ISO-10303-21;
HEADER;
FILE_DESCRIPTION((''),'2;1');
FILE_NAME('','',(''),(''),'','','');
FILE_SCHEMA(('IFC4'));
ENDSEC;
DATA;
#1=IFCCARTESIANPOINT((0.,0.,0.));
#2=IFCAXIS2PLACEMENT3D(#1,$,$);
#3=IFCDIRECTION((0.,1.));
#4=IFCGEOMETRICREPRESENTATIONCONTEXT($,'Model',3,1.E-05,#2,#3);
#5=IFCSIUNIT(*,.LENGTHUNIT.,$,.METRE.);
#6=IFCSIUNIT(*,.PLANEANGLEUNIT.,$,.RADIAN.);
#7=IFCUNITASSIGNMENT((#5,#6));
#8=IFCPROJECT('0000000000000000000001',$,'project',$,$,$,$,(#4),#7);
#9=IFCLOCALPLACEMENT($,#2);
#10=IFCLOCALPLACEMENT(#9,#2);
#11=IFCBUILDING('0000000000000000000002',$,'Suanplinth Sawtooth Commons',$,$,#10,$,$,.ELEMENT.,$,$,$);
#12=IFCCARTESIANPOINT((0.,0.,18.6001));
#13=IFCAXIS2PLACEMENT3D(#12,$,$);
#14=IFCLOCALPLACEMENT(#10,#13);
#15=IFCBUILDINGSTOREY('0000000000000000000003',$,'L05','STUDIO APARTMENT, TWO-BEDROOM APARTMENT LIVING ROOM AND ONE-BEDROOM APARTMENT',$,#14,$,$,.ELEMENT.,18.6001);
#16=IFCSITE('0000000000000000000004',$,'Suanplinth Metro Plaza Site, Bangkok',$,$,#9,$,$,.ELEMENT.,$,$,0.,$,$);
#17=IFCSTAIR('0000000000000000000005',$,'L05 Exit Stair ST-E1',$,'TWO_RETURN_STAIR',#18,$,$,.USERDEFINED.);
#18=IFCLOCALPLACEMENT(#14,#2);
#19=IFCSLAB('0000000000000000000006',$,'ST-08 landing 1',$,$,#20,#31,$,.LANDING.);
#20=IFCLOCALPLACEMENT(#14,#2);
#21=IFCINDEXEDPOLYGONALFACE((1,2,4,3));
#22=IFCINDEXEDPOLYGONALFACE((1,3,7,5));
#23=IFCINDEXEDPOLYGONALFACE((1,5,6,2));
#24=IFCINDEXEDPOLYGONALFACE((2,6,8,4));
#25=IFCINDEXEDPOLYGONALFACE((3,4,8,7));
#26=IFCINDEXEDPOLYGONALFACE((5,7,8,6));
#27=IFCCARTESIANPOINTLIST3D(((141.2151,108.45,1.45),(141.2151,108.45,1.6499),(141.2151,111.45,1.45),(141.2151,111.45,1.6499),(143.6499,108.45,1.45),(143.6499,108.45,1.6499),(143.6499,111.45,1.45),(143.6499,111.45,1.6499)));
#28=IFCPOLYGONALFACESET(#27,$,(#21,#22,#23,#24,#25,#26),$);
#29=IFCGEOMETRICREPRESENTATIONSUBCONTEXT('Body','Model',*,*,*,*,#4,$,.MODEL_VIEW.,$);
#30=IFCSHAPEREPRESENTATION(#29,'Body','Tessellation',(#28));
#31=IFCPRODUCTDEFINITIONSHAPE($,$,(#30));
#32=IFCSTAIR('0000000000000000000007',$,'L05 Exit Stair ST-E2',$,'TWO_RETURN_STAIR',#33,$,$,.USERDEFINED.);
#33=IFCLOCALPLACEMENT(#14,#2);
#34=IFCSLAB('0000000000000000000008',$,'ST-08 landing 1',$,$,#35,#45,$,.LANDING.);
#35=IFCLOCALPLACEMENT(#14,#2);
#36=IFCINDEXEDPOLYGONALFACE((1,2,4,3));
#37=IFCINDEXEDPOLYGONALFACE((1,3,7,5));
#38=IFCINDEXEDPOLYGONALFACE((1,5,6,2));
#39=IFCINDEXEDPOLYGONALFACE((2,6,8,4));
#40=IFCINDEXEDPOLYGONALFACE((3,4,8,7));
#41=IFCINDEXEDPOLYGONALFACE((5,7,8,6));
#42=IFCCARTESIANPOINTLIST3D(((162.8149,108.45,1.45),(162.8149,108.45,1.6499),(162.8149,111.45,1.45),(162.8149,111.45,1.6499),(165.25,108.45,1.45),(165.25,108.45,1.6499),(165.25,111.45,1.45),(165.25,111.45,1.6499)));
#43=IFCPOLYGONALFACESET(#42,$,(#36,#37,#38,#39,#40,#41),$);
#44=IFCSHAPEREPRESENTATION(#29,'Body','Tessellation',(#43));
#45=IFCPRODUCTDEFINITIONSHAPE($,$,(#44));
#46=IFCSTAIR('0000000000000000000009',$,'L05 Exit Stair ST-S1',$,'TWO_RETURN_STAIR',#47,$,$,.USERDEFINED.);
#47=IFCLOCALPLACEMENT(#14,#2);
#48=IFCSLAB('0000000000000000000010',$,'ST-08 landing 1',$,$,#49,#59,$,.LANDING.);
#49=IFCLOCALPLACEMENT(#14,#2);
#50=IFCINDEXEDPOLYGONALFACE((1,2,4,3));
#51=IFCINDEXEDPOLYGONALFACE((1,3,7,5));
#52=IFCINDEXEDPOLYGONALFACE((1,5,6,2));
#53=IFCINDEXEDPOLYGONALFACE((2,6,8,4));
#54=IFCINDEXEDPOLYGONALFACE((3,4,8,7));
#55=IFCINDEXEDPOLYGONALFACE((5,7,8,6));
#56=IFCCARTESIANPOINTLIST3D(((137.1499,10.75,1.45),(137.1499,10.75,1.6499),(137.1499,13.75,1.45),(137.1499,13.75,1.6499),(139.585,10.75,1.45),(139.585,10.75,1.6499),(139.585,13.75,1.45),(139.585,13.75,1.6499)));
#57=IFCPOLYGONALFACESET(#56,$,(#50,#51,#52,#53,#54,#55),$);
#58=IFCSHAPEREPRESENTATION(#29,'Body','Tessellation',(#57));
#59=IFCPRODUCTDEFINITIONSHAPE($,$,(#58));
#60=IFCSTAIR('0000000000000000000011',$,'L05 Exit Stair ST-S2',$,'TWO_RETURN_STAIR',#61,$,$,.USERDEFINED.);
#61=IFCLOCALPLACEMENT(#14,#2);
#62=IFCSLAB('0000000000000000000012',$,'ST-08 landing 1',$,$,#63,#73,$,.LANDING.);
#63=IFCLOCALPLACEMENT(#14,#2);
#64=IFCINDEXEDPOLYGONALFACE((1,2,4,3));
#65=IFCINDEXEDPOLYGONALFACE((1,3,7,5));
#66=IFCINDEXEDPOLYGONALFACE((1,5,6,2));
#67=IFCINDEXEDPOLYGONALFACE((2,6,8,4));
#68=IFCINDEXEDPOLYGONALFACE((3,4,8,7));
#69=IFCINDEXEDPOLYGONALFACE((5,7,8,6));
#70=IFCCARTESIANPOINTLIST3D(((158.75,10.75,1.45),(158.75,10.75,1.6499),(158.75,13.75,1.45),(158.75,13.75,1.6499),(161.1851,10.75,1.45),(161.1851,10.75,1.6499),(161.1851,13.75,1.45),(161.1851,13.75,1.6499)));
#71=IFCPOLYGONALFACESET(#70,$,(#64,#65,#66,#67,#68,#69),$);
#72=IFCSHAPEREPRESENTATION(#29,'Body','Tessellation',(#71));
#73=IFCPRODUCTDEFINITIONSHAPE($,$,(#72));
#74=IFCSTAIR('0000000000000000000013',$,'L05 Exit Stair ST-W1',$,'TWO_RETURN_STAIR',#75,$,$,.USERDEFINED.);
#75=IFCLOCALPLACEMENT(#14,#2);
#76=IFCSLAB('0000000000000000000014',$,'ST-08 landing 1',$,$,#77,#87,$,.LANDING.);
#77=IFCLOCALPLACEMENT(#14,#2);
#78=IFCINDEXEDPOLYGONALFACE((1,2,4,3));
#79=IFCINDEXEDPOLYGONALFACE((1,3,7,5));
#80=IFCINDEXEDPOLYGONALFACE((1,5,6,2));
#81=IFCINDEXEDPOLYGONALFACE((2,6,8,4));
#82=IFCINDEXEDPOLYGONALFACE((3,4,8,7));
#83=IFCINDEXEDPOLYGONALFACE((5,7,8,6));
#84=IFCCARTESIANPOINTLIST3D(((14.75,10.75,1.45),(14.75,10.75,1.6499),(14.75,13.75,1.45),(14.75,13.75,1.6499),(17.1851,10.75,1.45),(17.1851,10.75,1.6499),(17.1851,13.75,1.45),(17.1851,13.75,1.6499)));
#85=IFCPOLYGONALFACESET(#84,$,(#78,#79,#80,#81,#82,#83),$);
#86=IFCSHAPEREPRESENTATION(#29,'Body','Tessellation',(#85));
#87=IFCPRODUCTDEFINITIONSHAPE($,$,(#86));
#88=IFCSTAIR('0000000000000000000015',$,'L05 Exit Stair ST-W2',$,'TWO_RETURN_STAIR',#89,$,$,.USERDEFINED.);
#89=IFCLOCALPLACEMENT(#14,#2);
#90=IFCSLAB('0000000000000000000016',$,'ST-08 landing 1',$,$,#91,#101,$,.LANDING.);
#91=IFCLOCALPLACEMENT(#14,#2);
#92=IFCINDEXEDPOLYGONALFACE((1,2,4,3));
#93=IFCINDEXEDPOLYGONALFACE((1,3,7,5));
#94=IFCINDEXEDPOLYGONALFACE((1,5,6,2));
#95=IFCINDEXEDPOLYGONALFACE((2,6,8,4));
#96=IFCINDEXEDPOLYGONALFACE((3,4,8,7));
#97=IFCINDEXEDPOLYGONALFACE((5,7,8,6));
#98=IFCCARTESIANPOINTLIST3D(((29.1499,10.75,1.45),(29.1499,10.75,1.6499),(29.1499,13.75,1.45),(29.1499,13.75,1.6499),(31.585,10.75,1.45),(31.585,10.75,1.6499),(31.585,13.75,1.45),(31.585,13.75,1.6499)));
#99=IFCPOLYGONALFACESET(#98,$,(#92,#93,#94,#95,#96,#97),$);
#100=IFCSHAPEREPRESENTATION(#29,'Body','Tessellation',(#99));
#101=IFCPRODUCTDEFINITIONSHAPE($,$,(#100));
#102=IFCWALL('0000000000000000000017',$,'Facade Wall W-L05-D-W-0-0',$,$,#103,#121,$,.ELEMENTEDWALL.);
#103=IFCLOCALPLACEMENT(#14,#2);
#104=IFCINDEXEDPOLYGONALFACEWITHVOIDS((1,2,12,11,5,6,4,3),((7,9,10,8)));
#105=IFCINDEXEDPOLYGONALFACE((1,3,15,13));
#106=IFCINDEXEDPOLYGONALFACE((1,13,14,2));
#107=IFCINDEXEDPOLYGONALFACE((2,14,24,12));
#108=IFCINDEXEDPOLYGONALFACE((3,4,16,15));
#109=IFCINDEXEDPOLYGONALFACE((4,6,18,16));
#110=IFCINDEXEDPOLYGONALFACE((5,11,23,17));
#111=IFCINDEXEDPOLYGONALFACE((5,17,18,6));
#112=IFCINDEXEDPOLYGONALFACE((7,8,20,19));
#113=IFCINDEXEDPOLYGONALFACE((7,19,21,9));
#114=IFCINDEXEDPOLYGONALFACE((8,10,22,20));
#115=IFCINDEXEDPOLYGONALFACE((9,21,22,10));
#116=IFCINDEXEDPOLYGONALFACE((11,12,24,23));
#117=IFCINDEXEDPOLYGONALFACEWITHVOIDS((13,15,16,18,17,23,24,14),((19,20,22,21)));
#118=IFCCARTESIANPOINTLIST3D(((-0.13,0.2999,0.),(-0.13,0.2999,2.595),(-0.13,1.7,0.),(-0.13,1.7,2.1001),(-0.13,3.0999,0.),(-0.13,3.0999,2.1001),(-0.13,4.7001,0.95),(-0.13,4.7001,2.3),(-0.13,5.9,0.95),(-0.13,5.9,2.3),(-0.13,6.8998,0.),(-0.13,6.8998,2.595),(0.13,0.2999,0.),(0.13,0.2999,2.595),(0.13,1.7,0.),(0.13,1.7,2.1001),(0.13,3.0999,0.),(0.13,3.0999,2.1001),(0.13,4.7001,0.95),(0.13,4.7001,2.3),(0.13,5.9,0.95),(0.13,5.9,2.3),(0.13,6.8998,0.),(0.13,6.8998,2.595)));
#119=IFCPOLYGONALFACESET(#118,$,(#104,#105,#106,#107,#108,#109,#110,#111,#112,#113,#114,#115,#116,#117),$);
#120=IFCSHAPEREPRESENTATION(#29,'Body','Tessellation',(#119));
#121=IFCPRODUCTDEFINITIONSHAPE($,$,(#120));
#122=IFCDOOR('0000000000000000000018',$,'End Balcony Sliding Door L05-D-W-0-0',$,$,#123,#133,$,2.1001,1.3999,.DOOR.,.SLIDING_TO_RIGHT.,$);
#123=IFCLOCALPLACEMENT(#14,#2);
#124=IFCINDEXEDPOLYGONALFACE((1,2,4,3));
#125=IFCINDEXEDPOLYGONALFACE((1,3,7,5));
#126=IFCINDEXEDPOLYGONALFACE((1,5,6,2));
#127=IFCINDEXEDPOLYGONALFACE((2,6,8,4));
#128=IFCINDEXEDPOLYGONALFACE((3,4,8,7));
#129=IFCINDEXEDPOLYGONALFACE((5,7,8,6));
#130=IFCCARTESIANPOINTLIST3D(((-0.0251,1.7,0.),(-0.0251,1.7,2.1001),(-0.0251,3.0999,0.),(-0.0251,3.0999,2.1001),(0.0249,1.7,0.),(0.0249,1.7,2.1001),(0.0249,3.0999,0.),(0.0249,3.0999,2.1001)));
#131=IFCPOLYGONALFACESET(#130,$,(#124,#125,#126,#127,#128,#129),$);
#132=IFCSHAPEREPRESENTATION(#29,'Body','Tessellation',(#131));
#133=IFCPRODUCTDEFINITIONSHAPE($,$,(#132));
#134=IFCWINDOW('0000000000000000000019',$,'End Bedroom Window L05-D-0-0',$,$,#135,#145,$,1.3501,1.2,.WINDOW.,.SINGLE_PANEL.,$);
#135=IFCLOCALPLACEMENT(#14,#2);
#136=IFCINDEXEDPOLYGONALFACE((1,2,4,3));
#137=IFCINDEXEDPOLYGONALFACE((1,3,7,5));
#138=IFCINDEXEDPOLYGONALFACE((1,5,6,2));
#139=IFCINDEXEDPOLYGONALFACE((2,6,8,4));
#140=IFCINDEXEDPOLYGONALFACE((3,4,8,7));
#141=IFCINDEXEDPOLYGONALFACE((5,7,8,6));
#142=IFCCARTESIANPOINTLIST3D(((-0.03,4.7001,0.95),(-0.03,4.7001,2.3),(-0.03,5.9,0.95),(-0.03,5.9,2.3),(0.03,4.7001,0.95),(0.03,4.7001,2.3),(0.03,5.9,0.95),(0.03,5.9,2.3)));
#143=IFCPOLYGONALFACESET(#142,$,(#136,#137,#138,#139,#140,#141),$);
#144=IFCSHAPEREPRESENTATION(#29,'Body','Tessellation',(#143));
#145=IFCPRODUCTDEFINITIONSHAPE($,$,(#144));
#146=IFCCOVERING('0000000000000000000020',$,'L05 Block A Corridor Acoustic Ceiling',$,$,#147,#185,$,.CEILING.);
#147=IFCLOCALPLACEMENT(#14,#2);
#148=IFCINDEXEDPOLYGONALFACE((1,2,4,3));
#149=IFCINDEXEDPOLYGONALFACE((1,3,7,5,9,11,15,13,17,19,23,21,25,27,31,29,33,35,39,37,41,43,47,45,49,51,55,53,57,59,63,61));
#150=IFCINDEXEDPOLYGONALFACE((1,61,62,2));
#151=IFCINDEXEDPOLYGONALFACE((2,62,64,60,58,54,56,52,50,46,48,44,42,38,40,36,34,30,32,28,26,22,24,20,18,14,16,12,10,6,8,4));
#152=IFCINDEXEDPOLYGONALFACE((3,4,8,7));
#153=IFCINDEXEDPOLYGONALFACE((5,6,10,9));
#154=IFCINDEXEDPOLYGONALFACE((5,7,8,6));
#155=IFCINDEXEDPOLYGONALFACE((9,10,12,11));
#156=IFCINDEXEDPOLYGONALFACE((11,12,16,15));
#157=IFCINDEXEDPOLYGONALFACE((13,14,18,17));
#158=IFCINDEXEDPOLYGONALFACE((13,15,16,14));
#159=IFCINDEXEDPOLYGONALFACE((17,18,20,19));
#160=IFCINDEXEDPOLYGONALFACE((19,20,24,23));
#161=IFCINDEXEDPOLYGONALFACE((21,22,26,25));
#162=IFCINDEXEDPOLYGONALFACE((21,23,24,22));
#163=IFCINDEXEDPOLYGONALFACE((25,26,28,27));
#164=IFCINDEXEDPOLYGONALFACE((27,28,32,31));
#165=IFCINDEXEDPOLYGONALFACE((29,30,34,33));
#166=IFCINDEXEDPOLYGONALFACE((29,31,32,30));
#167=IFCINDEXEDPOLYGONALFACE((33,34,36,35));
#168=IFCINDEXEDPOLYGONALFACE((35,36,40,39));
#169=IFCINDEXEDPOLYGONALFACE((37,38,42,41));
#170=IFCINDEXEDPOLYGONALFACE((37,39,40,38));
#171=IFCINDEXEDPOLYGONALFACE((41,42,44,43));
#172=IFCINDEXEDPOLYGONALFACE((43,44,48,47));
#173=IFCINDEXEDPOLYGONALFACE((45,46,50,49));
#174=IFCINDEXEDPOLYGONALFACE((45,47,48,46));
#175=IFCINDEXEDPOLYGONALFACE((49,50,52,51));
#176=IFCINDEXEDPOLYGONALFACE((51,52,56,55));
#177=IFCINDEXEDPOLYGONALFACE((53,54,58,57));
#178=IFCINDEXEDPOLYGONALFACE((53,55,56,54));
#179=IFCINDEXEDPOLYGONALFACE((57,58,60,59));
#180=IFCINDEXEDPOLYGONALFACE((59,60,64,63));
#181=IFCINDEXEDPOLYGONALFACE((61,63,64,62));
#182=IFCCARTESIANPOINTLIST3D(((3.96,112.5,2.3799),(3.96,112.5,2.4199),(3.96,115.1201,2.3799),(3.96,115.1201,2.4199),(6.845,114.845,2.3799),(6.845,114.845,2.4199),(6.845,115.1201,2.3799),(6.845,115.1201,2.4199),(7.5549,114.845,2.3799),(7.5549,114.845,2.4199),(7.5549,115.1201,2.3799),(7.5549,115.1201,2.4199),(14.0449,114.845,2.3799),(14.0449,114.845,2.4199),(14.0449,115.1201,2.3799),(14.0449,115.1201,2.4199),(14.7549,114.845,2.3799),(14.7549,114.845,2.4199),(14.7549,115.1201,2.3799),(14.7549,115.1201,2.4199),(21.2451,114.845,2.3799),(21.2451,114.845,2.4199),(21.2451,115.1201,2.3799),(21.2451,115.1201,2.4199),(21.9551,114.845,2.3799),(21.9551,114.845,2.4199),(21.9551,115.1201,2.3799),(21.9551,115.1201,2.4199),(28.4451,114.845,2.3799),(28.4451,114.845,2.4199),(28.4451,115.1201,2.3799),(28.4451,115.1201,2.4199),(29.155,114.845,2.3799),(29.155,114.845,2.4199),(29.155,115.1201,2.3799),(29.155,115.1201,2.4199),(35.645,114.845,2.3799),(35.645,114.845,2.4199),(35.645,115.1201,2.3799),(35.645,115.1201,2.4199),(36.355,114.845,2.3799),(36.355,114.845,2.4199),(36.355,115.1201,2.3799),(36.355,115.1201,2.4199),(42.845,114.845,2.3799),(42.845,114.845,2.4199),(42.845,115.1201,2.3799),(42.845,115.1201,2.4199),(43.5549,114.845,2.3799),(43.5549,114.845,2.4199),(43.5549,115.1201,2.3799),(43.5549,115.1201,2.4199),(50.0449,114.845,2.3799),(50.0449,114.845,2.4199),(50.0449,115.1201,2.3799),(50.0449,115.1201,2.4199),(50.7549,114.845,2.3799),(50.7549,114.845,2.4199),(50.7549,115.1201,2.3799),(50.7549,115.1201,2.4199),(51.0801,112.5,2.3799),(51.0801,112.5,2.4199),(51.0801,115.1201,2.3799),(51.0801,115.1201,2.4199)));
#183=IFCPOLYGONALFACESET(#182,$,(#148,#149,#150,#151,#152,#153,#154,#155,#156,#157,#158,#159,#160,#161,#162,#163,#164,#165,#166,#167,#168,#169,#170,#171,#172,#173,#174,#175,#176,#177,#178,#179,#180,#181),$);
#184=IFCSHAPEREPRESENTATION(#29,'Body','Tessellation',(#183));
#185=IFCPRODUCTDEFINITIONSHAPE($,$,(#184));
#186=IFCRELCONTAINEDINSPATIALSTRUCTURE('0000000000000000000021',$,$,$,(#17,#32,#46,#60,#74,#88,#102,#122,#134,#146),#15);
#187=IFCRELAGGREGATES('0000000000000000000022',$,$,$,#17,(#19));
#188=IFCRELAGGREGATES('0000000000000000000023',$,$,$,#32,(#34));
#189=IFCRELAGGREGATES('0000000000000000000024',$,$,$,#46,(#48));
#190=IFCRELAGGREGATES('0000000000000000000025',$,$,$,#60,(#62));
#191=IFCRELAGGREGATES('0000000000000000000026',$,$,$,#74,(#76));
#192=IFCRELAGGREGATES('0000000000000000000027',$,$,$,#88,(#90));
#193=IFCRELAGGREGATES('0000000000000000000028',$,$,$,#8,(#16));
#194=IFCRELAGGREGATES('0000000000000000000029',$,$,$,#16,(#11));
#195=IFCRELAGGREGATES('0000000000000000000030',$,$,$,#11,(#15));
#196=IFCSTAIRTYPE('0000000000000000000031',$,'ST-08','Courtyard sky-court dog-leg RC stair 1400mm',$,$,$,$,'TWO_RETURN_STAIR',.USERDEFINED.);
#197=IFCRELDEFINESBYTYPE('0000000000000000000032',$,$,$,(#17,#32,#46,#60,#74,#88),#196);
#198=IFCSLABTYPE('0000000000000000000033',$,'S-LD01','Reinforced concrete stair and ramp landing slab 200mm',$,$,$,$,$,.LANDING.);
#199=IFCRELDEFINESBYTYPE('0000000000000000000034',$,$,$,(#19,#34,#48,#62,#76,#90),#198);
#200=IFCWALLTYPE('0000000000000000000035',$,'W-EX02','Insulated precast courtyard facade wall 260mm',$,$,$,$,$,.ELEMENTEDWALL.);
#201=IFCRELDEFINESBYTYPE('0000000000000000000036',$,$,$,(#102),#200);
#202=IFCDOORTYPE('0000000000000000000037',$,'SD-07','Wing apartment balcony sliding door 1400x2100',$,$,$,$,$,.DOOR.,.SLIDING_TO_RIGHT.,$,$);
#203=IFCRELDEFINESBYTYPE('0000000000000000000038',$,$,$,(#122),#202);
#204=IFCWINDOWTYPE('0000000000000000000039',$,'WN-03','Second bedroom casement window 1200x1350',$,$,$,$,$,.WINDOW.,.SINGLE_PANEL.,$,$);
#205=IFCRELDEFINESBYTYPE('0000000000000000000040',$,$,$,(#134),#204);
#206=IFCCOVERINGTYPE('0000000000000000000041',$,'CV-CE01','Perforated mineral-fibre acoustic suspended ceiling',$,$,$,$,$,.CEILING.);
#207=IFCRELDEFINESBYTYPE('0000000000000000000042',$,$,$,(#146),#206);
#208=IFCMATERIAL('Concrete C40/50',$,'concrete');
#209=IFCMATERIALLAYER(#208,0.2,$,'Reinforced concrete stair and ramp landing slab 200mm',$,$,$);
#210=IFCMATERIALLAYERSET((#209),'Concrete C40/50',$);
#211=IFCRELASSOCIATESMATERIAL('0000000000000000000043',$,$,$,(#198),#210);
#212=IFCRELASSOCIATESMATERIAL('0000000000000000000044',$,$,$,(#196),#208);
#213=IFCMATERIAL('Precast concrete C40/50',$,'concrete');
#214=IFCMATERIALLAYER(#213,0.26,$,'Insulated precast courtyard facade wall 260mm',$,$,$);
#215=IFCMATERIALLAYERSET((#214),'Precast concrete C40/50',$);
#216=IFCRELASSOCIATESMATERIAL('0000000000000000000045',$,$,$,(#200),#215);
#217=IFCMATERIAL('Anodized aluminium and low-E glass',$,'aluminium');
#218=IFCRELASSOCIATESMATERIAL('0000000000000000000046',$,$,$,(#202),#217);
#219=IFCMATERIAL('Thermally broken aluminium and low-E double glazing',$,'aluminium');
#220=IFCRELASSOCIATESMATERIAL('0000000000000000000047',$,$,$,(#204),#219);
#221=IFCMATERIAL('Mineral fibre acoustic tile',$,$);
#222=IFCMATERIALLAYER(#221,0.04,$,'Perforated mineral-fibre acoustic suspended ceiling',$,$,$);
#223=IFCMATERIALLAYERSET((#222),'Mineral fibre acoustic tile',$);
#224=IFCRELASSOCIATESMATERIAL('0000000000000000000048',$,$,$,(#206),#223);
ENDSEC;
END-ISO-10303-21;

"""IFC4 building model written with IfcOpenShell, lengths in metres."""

from ifc_helpers import new_model, si_unit, direction, frame, frame_2d, origin, place, context, subcontext, project, spatial, polyline, rectangle, outline, extrude, material, layer, layer_set, type_object, element, fill, aggregate, save


model = new_model("IFC4")

# Units and contexts
model_context = context("Model", 3, precision=1e-05, world=origin(), true_north=direction((0.0, 1.0)))
body_context = subcontext(model_context, "Body", "Model", "MODEL_VIEW")
ifc_project = project(units=[si_unit("LENGTHUNIT", "METRE"), si_unit("PLANEANGLEUNIT", "RADIAN")], contexts=[model_context])

# Site, building, storey
site_placement = place(None, origin())
site = spatial("IfcSite", under=ifc_project, at=site_placement, Name="Suanplinth Metro Plaza Site, Bangkok", CompositionType="ELEMENT", RefElevation=0.0)
building_placement = place(site_placement, origin())
building = spatial("IfcBuilding", under=site, at=building_placement, Name="Suanplinth Sawtooth Commons", CompositionType="ELEMENT")
storey_placement = place(building_placement, frame((0.0, 0.0, 18.6001)))
storey = spatial("IfcBuildingStorey", under=building, at=storey_placement, Name="L05", Description="STUDIO APARTMENT, TWO-BEDROOM APARTMENT LIVING ROOM AND ONE-BEDROOM APARTMENT", CompositionType="ELEMENT", Elevation=18.6001)

# Shared definitions
ifc_material_1 = material(Name="Precast concrete C40/50", Category="concrete")

# Stairs, slabs
ifc_material_2 = material(Name="Concrete C40/50", Category="concrete")
ifc_layer_1 = layer(ifc_material_2, 0.2, Name="Reinforced concrete stair and ramp landing slab 200mm")
ifc_layer_set_1 = layer_set([ifc_layer_1], Name="Concrete C40/50")
slab_type_1 = type_object("IfcSlabType", Name="S-LD01", Description="Reinforced concrete stair and ramp landing slab 200mm", PredefinedType="LANDING", material=ifc_layer_set_1)
stair_type_1 = type_object("IfcStairType", Name="ST-08", Description="Courtyard sky-court dog-leg RC stair 1400mm", ElementType="TWO_RETURN_STAIR", PredefinedType="USERDEFINED", material=ifc_material_2)
stair_1_placement = place(storey_placement, origin())
stair_1 = element("IfcStair", 1, at=stair_1_placement, inside=storey, type_object=stair_type_1, Name="L05 Exit Stair ST-E1", ObjectType="TWO_RETURN_STAIR", PredefinedType="USERDEFINED")
slab_1_placement = place(storey_placement, frame((0.0, 0.0, 1.45)))
slab_1 = element("IfcSlab", 2, at=slab_1_placement, type_object=slab_type_1, Name="ST-08 landing 1", PredefinedType="LANDING", context=body_context, shape_type="SweptSolid", body=[
    extrude(outline(polyline([(141.2151, 108.45), (143.6499, 108.45), (143.6499, 111.45), (141.2151, 111.45), (141.2151, 108.45)])), origin(), (0.0, 0.0, 1.0), 0.2),
])
aggregate(stair_1, [slab_1])
stair_2_placement = place(storey_placement, origin())
stair_2 = element("IfcStair", 3, at=stair_2_placement, inside=storey, type_object=stair_type_1, Name="L05 Exit Stair ST-E2", ObjectType="TWO_RETURN_STAIR", PredefinedType="USERDEFINED")
slab_2_placement = place(storey_placement, frame((0.0, 0.0, 1.45)))
slab_2 = element("IfcSlab", 4, at=slab_2_placement, type_object=slab_type_1, Name="ST-08 landing 1", PredefinedType="LANDING", context=body_context, shape_type="SweptSolid", body=[
    extrude(outline(polyline([(162.8149, 108.45), (165.25, 108.45), (165.25, 111.45), (162.8149, 111.45), (162.8149, 108.45)])), origin(), (0.0, 0.0, 1.0), 0.2),
])
aggregate(stair_2, [slab_2])
stair_3_placement = place(storey_placement, origin())
stair_3 = element("IfcStair", 5, at=stair_3_placement, inside=storey, type_object=stair_type_1, Name="L05 Exit Stair ST-S1", ObjectType="TWO_RETURN_STAIR", PredefinedType="USERDEFINED")
slab_3_placement = place(storey_placement, frame((0.0, 0.0, 1.45)))
slab_3 = element("IfcSlab", 6, at=slab_3_placement, type_object=slab_type_1, Name="ST-08 landing 1", PredefinedType="LANDING", context=body_context, shape_type="SweptSolid", body=[
    extrude(outline(polyline([(139.585, 13.75), (137.1499, 13.75), (137.1499, 10.75), (139.585, 10.75), (139.585, 13.75)])), origin(), (0.0, 0.0, 1.0), 0.2),
])
aggregate(stair_3, [slab_3])
stair_4_placement = place(storey_placement, origin())
stair_4 = element("IfcStair", 7, at=stair_4_placement, inside=storey, type_object=stair_type_1, Name="L05 Exit Stair ST-S2", ObjectType="TWO_RETURN_STAIR", PredefinedType="USERDEFINED")
slab_4_placement = place(storey_placement, frame((0.0, 0.0, 1.45)))
slab_4 = element("IfcSlab", 8, at=slab_4_placement, type_object=slab_type_1, Name="ST-08 landing 1", PredefinedType="LANDING", context=body_context, shape_type="SweptSolid", body=[
    extrude(outline(polyline([(161.1851, 13.75), (158.75, 13.75), (158.75, 10.75), (161.1851, 10.75), (161.1851, 13.75)])), origin(), (0.0, 0.0, 1.0), 0.2),
])
aggregate(stair_4, [slab_4])
stair_5_placement = place(storey_placement, origin())
stair_5 = element("IfcStair", 9, at=stair_5_placement, inside=storey, type_object=stair_type_1, Name="L05 Exit Stair ST-W1", ObjectType="TWO_RETURN_STAIR", PredefinedType="USERDEFINED")
slab_5_placement = place(storey_placement, frame((0.0, 0.0, 1.45)))
slab_5 = element("IfcSlab", 10, at=slab_5_placement, type_object=slab_type_1, Name="ST-08 landing 1", PredefinedType="LANDING", context=body_context, shape_type="SweptSolid", body=[
    extrude(outline(polyline([(17.1851, 13.75), (14.75, 13.75), (14.75, 10.75), (17.1851, 10.75), (17.1851, 13.75)])), origin(), (0.0, 0.0, 1.0), 0.2),
])
aggregate(stair_5, [slab_5])
stair_6_placement = place(storey_placement, origin())
stair_6 = element("IfcStair", 11, at=stair_6_placement, inside=storey, type_object=stair_type_1, Name="L05 Exit Stair ST-W2", ObjectType="TWO_RETURN_STAIR", PredefinedType="USERDEFINED")
slab_6_placement = place(storey_placement, frame((0.0, 0.0, 1.45)))
slab_6 = element("IfcSlab", 12, at=slab_6_placement, type_object=slab_type_1, Name="ST-08 landing 1", PredefinedType="LANDING", context=body_context, shape_type="SweptSolid", body=[
    extrude(outline(polyline([(31.585, 13.75), (29.1499, 13.75), (29.1499, 10.75), (31.585, 10.75), (31.585, 13.75)])), origin(), (0.0, 0.0, 1.0), 0.2),
])
aggregate(stair_6, [slab_6])

# Wall, openings, door, window
ifc_layer_2 = layer(ifc_material_1, 0.26, Name="Insulated precast courtyard facade wall 260mm")
ifc_layer_set_2 = layer_set([ifc_layer_2], Name="Precast concrete C40/50")
wall_type = type_object("IfcWallType", Name="W-EX02", Description="Insulated precast courtyard facade wall 260mm", PredefinedType="ELEMENTEDWALL", material=ifc_layer_set_2)
wall_placement = place(storey_placement, frame((0.0, 0.3, 0.0), z_axis=(0.0, 0.0, 1.0), x_axis=(0.0, 1.0, 0.0)))
wall = element("IfcWall", 13, at=wall_placement, inside=storey, type_object=wall_type, Name="Facade Wall W-L05-D-W-0-0", PredefinedType="ELEMENTEDWALL", context=body_context, shape_type="SweptSolid", body=[
    extrude(rectangle(XDim=6.5999, YDim=0.26, at=frame_2d((3.2998, 0.0))), origin(), (0.0, 0.0, 1.0), 2.595),
])
opening_1_placement = place(wall_placement, frame((1.3999, 0.0, 0.0)))
opening_1 = element("IfcOpeningElement", 14, at=opening_1_placement, cuts=wall, PredefinedType="OPENING", context=body_context, shape_type="SweptSolid", body=[
    extrude(rectangle(XDim=1.3999, YDim=2.1001, at=frame_2d((0.7, 1.05))), frame((0.0, 0.145, 0.0), z_axis=(0.0, -1.0, 0.0), x_axis=(1.0, 0.0, 0.0)), (0.0, 0.0, 1.0), 0.2898),
])
opening_2_placement = place(wall_placement, frame((4.3999, 0.0, 0.95)))
opening_2 = element("IfcOpeningElement", 15, at=opening_2_placement, cuts=wall, PredefinedType="OPENING", context=body_context, shape_type="SweptSolid", body=[
    extrude(rectangle(XDim=1.2, YDim=1.3501, at=frame_2d((0.6001, 0.675))), frame((0.0, 0.145, 0.0), z_axis=(0.0, -1.0, 0.0), x_axis=(1.0, 0.0, 0.0)), (0.0, 0.0, 1.0), 0.2898),
])
ifc_material_3 = material(Name="Anodized aluminium and low-E glass", Category="aluminium")
door_type = type_object("IfcDoorType", Name="SD-07", Description="Wing apartment balcony sliding door 1400x2100", OperationType="SLIDING_TO_RIGHT", PredefinedType="DOOR", material=ifc_material_3)
door_placement = place(opening_1_placement, frame((1.3999, 0.0, 0.0), z_axis=(0.0, 0.0, 1.0), x_axis=(-1.0, 0.0, 0.0)))
door = element("IfcDoor", 16, at=door_placement, inside=storey, type_object=door_type, Name="End Balcony Sliding Door L05-D-W-0-0", OperationType="SLIDING_TO_RIGHT", OverallHeight=2.1001, OverallWidth=1.3999, PredefinedType="DOOR", context=body_context, shape_type="SweptSolid", body=[
    extrude(rectangle(XDim=1.3999, YDim=2.1001, at=frame_2d((0.7, 1.05))), frame((0.0, 0.0249, 0.0), z_axis=(0.0, -1.0, 0.0), x_axis=(1.0, 0.0, 0.0)), (0.0, 0.0, 1.0), 0.05),
])
fill(opening_1, door)
ifc_material_4 = material(Name="Thermally broken aluminium and low-E double glazing", Category="aluminium")
window_type = type_object("IfcWindowType", Name="WN-03", Description="Second bedroom casement window 1200x1350", PartitioningType="SINGLE_PANEL", PredefinedType="WINDOW", material=ifc_material_4)
window_placement = place(opening_2_placement, origin())
window = element("IfcWindow", 17, at=window_placement, inside=storey, type_object=window_type, Name="End Bedroom Window L05-D-0-0", OverallHeight=1.3501, OverallWidth=1.2, PartitioningType="SINGLE_PANEL", PredefinedType="WINDOW", context=body_context, shape_type="SweptSolid", body=[
    extrude(rectangle(XDim=1.2, YDim=1.3501, at=frame_2d((0.6001, 0.675))), frame((0.0, 0.03, 0.0), z_axis=(0.0, -1.0, 0.0), x_axis=(1.0, 0.0, 0.0)), (0.0, 0.0, 1.0), 0.0601),
])
fill(opening_2, window)

# Covering
ifc_material_5 = material(Name="Mineral fibre acoustic tile")
ifc_layer_3 = layer(ifc_material_5, 0.04, Name="Perforated mineral-fibre acoustic suspended ceiling")
ifc_layer_set_3 = layer_set([ifc_layer_3], Name="Mineral fibre acoustic tile")
covering_type = type_object("IfcCoveringType", Name="CV-CE01", Description="Perforated mineral-fibre acoustic suspended ceiling", PredefinedType="CEILING", material=ifc_layer_set_3)
covering_1_placement = place(storey_placement, frame((0.0, 0.0, 2.3799)))
element("IfcCovering", 18, at=covering_1_placement, inside=storey, type_object=covering_type, Name="L05 Block A Corridor Acoustic Ceiling", PredefinedType="CEILING", context=body_context, shape_type="SweptSolid", body=[
    extrude(outline(polyline([(3.96, 112.5), (3.96, 115.1201), (6.845, 115.1201), (6.845, 114.845), (7.5549, 114.845), (7.5549, 115.1201), (14.0449, 115.1201), (14.0449, 114.845), (14.7549, 114.845), (14.7549, 115.1201), (21.2451, 115.1201), (21.2451, 114.845), (21.9551, 114.845), (21.9551, 115.1201), (28.4451, 115.1201), (28.4451, 114.845), (29.155, 114.845), (29.155, 115.1201), (35.645, 115.1201), (35.645, 114.845), (36.355, 114.845), (36.355, 115.1201), (42.845, 115.1201), (42.845, 114.845), (43.5549, 114.845), (43.5549, 115.1201), (50.0449, 115.1201), (50.0449, 114.845), (50.7549, 114.845), (50.7549, 115.1201), (51.0801, 115.1201), (51.0801, 112.5), (3.96, 112.5)])), origin(), (0.0, 0.0, 1.0), 0.04),
])

save(model, "model.ifc")
